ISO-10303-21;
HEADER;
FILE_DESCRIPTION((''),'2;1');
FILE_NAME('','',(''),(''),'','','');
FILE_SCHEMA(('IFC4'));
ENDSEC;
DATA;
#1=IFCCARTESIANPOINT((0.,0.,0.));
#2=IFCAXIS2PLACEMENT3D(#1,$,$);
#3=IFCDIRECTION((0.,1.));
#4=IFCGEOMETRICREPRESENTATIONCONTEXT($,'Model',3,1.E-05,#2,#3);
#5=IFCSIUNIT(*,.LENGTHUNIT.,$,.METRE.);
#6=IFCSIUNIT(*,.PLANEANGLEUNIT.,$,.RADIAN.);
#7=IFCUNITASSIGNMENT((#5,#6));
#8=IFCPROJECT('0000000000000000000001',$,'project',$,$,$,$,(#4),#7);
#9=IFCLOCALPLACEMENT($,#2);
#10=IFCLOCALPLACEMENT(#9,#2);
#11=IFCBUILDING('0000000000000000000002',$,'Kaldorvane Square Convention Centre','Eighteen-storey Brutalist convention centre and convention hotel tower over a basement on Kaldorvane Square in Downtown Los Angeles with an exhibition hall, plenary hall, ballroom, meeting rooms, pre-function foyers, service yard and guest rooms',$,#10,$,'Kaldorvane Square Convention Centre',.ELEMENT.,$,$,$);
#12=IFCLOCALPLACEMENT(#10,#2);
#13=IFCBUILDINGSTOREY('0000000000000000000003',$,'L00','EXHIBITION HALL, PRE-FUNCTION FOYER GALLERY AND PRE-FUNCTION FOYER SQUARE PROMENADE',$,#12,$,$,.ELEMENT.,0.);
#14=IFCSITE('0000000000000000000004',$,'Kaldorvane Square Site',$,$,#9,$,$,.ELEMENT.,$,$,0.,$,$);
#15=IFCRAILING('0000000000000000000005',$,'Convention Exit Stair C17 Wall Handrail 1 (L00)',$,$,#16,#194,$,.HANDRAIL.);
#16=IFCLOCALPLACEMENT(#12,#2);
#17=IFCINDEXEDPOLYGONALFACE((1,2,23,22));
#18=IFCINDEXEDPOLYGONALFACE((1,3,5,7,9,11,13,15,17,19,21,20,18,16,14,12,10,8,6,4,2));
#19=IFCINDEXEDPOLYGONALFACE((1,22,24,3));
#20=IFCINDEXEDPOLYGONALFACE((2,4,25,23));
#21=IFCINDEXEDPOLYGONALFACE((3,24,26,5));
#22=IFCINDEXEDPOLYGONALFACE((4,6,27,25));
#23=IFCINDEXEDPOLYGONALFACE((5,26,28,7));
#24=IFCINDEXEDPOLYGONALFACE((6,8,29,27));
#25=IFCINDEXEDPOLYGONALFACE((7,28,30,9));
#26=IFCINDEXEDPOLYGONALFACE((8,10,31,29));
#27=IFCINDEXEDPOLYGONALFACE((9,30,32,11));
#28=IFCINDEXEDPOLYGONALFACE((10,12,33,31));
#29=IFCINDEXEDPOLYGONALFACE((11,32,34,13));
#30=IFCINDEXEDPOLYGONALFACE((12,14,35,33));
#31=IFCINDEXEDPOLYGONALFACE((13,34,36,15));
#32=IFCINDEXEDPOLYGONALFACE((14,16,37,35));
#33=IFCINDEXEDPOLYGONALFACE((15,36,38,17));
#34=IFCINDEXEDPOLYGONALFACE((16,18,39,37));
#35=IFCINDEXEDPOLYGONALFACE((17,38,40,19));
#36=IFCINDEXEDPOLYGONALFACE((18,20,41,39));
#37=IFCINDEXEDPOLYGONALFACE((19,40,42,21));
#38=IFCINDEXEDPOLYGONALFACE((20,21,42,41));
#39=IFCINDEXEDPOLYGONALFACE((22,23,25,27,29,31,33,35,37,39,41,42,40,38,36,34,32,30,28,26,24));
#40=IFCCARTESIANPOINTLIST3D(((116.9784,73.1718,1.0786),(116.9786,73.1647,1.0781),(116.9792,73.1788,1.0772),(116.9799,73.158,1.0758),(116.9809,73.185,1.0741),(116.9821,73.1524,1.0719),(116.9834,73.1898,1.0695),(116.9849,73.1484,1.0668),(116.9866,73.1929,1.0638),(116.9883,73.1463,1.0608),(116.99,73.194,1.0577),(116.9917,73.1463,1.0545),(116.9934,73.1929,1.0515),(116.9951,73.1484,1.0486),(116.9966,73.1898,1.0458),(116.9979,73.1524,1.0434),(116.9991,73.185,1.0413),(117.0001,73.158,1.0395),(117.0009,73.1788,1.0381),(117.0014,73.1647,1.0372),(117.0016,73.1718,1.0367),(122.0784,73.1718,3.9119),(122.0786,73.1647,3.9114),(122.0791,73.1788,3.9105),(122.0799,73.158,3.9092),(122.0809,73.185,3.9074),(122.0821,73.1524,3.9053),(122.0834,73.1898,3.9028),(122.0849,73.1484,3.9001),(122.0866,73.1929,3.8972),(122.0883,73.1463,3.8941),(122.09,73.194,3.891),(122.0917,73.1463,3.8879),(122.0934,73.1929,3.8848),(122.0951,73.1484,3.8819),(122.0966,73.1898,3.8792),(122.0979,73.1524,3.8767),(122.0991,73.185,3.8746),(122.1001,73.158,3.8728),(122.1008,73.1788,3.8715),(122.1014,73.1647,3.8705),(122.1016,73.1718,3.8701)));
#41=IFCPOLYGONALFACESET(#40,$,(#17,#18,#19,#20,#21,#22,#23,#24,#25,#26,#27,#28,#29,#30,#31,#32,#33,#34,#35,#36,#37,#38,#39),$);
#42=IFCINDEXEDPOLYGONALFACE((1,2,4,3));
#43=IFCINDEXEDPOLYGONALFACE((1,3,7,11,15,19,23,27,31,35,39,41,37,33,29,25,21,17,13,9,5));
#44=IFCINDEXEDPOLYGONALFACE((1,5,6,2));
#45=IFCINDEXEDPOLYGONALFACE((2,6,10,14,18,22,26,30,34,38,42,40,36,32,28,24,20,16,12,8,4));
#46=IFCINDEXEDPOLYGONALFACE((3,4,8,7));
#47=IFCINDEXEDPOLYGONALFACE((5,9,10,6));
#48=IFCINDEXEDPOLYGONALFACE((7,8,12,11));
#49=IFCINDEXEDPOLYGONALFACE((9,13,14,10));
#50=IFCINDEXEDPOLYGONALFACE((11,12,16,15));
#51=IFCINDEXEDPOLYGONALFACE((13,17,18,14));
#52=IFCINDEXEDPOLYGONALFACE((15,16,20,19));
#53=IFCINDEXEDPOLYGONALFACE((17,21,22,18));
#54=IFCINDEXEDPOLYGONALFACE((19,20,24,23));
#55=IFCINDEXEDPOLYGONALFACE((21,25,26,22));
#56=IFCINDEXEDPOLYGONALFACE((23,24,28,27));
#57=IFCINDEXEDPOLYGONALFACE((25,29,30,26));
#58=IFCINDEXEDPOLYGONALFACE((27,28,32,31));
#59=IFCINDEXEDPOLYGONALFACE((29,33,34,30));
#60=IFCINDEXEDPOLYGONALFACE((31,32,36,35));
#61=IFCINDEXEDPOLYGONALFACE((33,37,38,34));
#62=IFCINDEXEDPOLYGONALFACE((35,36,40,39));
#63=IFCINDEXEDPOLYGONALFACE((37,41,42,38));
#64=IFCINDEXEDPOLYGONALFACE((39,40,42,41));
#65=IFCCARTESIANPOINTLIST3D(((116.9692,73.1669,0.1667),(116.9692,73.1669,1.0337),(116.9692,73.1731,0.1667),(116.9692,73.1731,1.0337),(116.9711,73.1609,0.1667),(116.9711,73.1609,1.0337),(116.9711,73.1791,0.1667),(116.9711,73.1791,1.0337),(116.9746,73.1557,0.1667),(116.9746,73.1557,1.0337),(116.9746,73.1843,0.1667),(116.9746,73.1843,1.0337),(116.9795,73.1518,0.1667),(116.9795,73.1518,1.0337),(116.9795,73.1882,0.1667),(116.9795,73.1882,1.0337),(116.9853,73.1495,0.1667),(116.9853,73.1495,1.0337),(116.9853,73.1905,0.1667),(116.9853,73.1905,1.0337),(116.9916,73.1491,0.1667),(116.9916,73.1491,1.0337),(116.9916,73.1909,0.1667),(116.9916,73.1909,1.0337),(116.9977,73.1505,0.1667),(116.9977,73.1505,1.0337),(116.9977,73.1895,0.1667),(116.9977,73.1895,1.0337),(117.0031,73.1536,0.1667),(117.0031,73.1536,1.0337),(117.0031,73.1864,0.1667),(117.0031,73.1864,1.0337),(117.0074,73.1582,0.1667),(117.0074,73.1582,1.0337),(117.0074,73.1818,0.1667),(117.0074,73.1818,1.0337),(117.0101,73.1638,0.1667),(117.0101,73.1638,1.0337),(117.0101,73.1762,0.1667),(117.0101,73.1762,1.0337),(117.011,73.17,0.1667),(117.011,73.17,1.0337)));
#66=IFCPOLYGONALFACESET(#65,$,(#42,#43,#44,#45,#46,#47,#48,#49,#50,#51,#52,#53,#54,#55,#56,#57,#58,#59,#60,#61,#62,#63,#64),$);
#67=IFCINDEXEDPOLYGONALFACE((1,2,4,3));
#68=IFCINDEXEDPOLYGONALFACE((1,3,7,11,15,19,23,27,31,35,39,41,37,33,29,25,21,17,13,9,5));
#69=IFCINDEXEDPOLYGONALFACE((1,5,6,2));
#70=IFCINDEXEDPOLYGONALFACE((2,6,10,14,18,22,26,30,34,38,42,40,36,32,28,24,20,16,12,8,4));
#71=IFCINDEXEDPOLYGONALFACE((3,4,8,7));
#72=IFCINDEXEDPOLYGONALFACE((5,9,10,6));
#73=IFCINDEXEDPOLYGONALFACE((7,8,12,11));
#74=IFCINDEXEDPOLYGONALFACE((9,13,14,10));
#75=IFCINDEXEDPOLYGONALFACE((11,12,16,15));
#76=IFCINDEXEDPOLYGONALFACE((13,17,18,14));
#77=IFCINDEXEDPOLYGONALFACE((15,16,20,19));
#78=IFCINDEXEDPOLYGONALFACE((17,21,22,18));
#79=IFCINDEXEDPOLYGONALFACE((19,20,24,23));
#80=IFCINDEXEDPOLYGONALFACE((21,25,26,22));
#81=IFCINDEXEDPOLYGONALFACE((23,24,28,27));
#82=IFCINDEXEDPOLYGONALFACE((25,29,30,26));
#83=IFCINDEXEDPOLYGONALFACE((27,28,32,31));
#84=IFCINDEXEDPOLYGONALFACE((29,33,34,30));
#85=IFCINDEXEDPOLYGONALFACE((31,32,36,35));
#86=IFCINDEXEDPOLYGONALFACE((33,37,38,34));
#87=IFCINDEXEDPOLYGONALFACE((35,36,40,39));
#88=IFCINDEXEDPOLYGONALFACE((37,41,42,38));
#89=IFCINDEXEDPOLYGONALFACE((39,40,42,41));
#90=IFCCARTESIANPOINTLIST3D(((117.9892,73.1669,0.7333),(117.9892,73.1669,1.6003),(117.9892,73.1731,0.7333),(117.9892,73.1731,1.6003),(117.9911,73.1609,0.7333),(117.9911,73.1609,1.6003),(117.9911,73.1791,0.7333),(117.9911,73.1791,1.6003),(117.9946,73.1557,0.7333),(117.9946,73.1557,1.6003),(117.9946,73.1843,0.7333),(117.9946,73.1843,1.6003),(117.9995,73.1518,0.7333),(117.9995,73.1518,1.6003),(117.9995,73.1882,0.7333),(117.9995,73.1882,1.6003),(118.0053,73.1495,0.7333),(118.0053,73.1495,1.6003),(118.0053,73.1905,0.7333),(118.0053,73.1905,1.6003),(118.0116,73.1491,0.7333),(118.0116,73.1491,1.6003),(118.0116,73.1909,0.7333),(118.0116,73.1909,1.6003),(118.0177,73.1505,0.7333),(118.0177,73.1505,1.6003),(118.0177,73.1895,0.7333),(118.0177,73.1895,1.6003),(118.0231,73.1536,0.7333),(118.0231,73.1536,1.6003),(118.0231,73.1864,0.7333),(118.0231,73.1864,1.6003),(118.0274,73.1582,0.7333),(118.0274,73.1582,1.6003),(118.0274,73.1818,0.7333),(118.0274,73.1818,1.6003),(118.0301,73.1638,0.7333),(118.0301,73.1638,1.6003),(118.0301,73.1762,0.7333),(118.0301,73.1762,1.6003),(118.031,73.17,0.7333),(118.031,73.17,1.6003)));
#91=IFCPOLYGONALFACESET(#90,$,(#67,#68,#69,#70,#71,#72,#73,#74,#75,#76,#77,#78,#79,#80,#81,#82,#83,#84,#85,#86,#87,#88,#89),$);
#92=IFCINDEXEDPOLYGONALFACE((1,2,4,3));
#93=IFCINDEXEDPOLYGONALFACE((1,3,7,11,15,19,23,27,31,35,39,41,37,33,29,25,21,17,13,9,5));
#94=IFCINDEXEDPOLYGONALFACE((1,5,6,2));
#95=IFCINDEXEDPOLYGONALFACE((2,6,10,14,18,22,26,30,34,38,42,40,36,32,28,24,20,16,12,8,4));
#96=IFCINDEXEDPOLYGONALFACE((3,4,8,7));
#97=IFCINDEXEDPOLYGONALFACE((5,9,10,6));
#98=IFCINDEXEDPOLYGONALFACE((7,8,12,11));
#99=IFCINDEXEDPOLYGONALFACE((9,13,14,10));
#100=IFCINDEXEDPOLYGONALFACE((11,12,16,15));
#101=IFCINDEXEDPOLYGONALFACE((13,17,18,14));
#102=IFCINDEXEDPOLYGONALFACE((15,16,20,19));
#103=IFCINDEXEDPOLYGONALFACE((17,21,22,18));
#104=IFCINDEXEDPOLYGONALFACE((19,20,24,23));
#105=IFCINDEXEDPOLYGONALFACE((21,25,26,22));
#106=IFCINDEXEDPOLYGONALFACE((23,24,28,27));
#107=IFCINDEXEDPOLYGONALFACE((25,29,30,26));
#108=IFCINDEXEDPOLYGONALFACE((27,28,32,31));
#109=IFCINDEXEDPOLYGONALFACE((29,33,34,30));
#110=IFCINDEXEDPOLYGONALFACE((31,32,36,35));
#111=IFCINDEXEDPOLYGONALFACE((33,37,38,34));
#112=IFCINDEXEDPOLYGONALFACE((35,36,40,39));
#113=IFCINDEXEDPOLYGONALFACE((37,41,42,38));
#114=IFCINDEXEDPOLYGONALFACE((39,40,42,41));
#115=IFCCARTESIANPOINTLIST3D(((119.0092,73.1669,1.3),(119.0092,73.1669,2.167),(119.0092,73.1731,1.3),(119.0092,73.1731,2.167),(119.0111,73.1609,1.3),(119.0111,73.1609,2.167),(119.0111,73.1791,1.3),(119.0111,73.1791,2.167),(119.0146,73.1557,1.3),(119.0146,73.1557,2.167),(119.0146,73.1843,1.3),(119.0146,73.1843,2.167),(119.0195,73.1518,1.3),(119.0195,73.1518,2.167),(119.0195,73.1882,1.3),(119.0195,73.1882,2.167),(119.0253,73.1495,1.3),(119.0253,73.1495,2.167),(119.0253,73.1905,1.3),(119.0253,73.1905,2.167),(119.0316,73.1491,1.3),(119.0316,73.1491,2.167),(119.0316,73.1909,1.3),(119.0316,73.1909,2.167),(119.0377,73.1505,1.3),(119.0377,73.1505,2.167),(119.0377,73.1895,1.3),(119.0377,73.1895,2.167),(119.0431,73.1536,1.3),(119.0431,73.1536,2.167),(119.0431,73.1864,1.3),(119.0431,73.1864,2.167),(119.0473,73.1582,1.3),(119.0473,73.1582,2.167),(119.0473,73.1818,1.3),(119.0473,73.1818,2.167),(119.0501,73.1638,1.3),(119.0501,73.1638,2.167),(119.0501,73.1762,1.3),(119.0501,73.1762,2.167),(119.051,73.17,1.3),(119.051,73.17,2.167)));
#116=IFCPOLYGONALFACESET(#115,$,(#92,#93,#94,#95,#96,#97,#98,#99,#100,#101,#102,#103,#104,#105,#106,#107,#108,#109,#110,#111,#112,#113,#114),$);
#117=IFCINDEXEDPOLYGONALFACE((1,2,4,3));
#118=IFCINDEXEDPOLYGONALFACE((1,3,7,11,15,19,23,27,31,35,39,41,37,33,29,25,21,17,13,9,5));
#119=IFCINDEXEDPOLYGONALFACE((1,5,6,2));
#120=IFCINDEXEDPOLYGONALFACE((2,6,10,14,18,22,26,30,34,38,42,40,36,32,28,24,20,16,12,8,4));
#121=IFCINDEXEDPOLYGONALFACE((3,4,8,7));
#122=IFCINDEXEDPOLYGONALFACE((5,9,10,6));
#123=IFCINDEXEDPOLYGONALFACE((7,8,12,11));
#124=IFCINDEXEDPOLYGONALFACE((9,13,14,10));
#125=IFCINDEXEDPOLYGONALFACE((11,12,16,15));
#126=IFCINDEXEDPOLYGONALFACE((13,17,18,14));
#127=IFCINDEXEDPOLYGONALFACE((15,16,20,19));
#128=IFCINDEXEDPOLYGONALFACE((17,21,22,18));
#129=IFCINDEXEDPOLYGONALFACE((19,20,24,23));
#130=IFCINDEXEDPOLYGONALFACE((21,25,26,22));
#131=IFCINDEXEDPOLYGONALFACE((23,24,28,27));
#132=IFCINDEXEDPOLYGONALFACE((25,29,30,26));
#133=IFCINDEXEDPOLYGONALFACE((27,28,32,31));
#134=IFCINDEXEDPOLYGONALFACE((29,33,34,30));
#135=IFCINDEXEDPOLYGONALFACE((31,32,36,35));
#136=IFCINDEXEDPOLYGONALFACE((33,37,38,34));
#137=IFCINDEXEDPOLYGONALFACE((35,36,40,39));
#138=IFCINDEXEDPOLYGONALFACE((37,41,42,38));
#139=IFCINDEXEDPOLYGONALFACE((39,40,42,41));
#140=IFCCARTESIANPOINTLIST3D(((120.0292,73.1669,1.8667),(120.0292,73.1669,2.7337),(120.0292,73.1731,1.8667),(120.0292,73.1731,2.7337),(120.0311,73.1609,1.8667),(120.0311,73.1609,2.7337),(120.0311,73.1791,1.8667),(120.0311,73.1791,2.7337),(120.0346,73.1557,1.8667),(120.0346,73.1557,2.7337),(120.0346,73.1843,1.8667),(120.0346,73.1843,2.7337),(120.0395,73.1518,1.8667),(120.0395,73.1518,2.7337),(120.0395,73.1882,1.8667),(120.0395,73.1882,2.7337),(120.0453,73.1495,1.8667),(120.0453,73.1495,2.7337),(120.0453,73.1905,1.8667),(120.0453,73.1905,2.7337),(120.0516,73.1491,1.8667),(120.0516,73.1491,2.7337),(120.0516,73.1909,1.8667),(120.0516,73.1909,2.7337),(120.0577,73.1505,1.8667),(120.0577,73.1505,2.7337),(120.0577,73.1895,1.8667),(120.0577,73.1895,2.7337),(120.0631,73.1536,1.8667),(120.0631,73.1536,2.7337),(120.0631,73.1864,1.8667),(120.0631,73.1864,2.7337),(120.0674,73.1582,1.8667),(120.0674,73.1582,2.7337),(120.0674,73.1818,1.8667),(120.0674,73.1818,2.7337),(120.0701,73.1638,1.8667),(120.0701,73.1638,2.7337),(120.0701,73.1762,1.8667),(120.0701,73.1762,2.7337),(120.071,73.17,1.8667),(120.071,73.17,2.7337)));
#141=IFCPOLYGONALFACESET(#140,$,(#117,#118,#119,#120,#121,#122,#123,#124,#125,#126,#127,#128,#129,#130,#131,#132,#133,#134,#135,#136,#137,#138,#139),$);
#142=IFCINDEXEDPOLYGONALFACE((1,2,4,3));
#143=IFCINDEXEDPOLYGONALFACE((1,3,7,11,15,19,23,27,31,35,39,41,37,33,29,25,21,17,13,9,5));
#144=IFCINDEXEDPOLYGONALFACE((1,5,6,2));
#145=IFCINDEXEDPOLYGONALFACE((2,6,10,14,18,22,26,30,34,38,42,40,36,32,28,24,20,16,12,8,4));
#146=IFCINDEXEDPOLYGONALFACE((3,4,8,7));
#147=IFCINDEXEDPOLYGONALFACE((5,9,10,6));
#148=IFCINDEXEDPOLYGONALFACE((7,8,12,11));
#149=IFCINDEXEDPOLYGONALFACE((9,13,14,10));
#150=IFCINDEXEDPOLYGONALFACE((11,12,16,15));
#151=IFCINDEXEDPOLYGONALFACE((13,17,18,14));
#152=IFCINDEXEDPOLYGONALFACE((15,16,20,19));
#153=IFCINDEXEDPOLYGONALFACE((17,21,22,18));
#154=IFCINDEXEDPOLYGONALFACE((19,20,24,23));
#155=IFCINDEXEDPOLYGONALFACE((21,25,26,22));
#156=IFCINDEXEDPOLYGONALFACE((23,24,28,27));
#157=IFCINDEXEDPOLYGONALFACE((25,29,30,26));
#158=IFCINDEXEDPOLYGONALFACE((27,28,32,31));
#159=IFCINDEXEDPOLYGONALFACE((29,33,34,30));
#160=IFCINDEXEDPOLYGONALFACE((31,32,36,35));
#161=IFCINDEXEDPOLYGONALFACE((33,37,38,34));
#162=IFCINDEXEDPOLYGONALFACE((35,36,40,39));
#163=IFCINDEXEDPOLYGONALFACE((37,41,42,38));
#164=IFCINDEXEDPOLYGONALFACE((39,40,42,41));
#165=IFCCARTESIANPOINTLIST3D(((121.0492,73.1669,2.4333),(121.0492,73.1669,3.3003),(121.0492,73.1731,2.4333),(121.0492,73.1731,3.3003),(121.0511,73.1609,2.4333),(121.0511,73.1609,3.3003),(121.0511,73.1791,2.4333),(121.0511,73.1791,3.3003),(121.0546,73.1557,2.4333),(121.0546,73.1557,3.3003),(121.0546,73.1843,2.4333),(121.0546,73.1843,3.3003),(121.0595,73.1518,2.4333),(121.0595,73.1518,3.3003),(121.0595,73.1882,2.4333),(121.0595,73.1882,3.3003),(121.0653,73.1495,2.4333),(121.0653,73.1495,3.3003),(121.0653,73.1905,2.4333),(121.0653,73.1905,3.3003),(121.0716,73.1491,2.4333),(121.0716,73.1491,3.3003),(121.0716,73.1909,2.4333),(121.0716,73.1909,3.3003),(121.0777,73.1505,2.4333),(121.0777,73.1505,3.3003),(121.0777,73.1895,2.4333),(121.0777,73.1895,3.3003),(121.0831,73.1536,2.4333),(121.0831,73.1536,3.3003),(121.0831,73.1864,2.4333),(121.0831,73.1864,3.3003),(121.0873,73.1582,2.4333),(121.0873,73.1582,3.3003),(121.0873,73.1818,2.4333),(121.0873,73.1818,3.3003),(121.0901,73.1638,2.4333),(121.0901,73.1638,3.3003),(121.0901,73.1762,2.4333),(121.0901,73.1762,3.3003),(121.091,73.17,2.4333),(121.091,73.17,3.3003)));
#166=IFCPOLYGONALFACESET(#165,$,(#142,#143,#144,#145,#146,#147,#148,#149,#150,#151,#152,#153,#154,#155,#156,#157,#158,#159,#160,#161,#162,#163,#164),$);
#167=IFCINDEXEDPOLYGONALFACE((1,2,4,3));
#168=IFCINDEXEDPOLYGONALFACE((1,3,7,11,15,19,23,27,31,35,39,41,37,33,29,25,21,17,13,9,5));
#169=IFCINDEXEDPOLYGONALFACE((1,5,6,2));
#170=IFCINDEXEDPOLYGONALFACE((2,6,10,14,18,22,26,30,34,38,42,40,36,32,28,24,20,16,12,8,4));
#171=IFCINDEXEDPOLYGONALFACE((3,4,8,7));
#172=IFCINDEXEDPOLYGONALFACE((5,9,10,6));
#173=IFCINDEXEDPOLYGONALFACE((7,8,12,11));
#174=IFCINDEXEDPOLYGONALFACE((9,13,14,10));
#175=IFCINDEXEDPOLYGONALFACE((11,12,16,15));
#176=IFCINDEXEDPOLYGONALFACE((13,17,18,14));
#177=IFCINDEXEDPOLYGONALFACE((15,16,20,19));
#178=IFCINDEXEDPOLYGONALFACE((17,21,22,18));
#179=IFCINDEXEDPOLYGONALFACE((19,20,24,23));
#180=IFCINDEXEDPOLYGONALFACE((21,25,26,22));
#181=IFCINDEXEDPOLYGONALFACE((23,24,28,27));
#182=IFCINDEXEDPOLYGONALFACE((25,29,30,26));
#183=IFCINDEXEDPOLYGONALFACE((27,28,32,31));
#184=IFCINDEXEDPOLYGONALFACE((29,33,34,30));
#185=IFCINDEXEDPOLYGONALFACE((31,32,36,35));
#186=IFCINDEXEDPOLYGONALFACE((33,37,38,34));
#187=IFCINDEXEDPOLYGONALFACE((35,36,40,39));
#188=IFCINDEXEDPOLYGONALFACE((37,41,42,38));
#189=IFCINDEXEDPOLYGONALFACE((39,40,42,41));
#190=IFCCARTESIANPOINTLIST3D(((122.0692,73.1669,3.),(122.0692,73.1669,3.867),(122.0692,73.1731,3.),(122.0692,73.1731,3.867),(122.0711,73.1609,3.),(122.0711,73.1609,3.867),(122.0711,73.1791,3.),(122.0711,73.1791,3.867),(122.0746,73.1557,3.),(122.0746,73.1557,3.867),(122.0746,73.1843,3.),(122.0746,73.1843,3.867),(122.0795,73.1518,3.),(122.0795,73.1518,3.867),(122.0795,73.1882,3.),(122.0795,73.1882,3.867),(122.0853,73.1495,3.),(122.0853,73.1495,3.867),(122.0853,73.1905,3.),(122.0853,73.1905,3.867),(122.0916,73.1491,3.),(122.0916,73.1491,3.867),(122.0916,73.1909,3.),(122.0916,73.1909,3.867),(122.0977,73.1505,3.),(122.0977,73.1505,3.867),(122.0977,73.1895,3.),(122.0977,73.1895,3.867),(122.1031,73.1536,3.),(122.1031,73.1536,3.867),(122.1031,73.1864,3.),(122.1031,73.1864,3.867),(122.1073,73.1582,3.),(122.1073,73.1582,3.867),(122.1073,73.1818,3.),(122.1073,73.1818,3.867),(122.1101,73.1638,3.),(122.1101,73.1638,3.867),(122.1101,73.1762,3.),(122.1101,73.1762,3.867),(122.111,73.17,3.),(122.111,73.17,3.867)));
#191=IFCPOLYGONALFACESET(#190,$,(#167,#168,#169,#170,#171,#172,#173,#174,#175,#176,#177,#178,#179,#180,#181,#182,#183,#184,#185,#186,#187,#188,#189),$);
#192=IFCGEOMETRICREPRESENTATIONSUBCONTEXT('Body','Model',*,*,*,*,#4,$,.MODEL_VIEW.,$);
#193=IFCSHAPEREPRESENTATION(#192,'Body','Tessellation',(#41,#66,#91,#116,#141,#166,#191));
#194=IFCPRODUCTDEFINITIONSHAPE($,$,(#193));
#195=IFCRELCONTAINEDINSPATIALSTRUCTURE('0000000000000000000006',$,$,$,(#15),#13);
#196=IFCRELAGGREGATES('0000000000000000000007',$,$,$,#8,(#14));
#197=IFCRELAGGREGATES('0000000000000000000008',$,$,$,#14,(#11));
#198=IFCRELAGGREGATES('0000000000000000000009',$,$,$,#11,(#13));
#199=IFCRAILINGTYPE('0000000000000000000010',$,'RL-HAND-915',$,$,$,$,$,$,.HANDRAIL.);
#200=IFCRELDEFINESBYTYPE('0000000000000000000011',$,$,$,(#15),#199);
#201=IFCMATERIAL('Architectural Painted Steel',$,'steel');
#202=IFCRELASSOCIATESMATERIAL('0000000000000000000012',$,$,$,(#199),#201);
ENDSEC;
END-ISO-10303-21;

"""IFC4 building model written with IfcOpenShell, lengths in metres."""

from ifc_helpers import new_model, si_unit, direction, frame, origin, origin_2d, place, context, subcontext, project, spatial, circle, extrude, material, type_object, element, save


model = new_model("IFC4")

# Units and contexts
model_context = context("Model", 3, precision=1e-05, world=origin(), true_north=direction((0.0, 1.0)))
body_context = subcontext(model_context, "Body", "Model", "MODEL_VIEW")
ifc_project = project(units=[si_unit("LENGTHUNIT", "METRE"), si_unit("PLANEANGLEUNIT", "RADIAN")], contexts=[model_context])

# Site, building, storey
site_placement = place(None, origin())
site = spatial("IfcSite", under=ifc_project, at=site_placement, Name="Kaldorvane Square Site", CompositionType="ELEMENT", RefElevation=0.0)
building_placement = place(site_placement, origin())
building = spatial("IfcBuilding", under=site, at=building_placement, Name="Kaldorvane Square Convention Centre", Description="Eighteen-storey Brutalist convention centre and convention hotel tower over a basement on Kaldorvane Square in Downtown Los Angeles with an exhibition hall, plenary hall, ballroom, meeting rooms, pre-function foyers, service yard and guest rooms", LongName="Kaldorvane Square Convention Centre", CompositionType="ELEMENT")
storey_placement = place(building_placement, origin())
storey = spatial("IfcBuildingStorey", under=building, at=storey_placement, Name="L00", Description="EXHIBITION HALL, PRE-FUNCTION FOYER GALLERY AND PRE-FUNCTION FOYER SQUARE PROMENADE", CompositionType="ELEMENT", Elevation=0.0)

# Railing
ifc_material_1 = material(Name="Architectural Painted Steel", Category="steel")
railing_type_1 = type_object("IfcRailingType", Name="RL-HAND-915", PredefinedType="HANDRAIL", material=ifc_material_1)
railing_1_placement = place(storey_placement, frame((116.99, 73.17, 0.1667)))
element("IfcRailing", 1, at=railing_1_placement, inside=storey, type_object=railing_type_1, Name="Convention Exit Stair C17 Wall Handrail 1 (L00)", PredefinedType="HANDRAIL", context=body_context, shape_type="SweptSolid", body=[
    extrude(circle(Radius=0.024, at=origin_2d()), frame((0.0, 0.0, 0.891), z_axis=(0.874157, 0.0, 0.485643), x_axis=(0.0, 1.0, 0.0)), (0.0, 0.0, 1.0), 5.8342),
    extrude(circle(Radius=0.021, at=origin_2d()), origin(), (0.0, 0.0, 1.0), 0.867),
    extrude(circle(Radius=0.021, at=origin_2d()), frame((1.02, 0.0, 0.5667)), (0.0, 0.0, 1.0), 0.867),
    extrude(circle(Radius=0.021, at=origin_2d()), frame((2.04, 0.0, 1.1333)), (0.0, 0.0, 1.0), 0.867),
    extrude(circle(Radius=0.021, at=origin_2d()), frame((3.06, 0.0, 1.7)), (0.0, 0.0, 1.0), 0.867),
    extrude(circle(Radius=0.021, at=origin_2d()), frame((4.08, 0.0, 2.2667)), (0.0, 0.0, 1.0), 0.867),
    extrude(circle(Radius=0.021, at=origin_2d()), frame((5.1, 0.0, 2.8333)), (0.0, 0.0, 1.0), 0.867),
])

save(model, "model.ifc")
